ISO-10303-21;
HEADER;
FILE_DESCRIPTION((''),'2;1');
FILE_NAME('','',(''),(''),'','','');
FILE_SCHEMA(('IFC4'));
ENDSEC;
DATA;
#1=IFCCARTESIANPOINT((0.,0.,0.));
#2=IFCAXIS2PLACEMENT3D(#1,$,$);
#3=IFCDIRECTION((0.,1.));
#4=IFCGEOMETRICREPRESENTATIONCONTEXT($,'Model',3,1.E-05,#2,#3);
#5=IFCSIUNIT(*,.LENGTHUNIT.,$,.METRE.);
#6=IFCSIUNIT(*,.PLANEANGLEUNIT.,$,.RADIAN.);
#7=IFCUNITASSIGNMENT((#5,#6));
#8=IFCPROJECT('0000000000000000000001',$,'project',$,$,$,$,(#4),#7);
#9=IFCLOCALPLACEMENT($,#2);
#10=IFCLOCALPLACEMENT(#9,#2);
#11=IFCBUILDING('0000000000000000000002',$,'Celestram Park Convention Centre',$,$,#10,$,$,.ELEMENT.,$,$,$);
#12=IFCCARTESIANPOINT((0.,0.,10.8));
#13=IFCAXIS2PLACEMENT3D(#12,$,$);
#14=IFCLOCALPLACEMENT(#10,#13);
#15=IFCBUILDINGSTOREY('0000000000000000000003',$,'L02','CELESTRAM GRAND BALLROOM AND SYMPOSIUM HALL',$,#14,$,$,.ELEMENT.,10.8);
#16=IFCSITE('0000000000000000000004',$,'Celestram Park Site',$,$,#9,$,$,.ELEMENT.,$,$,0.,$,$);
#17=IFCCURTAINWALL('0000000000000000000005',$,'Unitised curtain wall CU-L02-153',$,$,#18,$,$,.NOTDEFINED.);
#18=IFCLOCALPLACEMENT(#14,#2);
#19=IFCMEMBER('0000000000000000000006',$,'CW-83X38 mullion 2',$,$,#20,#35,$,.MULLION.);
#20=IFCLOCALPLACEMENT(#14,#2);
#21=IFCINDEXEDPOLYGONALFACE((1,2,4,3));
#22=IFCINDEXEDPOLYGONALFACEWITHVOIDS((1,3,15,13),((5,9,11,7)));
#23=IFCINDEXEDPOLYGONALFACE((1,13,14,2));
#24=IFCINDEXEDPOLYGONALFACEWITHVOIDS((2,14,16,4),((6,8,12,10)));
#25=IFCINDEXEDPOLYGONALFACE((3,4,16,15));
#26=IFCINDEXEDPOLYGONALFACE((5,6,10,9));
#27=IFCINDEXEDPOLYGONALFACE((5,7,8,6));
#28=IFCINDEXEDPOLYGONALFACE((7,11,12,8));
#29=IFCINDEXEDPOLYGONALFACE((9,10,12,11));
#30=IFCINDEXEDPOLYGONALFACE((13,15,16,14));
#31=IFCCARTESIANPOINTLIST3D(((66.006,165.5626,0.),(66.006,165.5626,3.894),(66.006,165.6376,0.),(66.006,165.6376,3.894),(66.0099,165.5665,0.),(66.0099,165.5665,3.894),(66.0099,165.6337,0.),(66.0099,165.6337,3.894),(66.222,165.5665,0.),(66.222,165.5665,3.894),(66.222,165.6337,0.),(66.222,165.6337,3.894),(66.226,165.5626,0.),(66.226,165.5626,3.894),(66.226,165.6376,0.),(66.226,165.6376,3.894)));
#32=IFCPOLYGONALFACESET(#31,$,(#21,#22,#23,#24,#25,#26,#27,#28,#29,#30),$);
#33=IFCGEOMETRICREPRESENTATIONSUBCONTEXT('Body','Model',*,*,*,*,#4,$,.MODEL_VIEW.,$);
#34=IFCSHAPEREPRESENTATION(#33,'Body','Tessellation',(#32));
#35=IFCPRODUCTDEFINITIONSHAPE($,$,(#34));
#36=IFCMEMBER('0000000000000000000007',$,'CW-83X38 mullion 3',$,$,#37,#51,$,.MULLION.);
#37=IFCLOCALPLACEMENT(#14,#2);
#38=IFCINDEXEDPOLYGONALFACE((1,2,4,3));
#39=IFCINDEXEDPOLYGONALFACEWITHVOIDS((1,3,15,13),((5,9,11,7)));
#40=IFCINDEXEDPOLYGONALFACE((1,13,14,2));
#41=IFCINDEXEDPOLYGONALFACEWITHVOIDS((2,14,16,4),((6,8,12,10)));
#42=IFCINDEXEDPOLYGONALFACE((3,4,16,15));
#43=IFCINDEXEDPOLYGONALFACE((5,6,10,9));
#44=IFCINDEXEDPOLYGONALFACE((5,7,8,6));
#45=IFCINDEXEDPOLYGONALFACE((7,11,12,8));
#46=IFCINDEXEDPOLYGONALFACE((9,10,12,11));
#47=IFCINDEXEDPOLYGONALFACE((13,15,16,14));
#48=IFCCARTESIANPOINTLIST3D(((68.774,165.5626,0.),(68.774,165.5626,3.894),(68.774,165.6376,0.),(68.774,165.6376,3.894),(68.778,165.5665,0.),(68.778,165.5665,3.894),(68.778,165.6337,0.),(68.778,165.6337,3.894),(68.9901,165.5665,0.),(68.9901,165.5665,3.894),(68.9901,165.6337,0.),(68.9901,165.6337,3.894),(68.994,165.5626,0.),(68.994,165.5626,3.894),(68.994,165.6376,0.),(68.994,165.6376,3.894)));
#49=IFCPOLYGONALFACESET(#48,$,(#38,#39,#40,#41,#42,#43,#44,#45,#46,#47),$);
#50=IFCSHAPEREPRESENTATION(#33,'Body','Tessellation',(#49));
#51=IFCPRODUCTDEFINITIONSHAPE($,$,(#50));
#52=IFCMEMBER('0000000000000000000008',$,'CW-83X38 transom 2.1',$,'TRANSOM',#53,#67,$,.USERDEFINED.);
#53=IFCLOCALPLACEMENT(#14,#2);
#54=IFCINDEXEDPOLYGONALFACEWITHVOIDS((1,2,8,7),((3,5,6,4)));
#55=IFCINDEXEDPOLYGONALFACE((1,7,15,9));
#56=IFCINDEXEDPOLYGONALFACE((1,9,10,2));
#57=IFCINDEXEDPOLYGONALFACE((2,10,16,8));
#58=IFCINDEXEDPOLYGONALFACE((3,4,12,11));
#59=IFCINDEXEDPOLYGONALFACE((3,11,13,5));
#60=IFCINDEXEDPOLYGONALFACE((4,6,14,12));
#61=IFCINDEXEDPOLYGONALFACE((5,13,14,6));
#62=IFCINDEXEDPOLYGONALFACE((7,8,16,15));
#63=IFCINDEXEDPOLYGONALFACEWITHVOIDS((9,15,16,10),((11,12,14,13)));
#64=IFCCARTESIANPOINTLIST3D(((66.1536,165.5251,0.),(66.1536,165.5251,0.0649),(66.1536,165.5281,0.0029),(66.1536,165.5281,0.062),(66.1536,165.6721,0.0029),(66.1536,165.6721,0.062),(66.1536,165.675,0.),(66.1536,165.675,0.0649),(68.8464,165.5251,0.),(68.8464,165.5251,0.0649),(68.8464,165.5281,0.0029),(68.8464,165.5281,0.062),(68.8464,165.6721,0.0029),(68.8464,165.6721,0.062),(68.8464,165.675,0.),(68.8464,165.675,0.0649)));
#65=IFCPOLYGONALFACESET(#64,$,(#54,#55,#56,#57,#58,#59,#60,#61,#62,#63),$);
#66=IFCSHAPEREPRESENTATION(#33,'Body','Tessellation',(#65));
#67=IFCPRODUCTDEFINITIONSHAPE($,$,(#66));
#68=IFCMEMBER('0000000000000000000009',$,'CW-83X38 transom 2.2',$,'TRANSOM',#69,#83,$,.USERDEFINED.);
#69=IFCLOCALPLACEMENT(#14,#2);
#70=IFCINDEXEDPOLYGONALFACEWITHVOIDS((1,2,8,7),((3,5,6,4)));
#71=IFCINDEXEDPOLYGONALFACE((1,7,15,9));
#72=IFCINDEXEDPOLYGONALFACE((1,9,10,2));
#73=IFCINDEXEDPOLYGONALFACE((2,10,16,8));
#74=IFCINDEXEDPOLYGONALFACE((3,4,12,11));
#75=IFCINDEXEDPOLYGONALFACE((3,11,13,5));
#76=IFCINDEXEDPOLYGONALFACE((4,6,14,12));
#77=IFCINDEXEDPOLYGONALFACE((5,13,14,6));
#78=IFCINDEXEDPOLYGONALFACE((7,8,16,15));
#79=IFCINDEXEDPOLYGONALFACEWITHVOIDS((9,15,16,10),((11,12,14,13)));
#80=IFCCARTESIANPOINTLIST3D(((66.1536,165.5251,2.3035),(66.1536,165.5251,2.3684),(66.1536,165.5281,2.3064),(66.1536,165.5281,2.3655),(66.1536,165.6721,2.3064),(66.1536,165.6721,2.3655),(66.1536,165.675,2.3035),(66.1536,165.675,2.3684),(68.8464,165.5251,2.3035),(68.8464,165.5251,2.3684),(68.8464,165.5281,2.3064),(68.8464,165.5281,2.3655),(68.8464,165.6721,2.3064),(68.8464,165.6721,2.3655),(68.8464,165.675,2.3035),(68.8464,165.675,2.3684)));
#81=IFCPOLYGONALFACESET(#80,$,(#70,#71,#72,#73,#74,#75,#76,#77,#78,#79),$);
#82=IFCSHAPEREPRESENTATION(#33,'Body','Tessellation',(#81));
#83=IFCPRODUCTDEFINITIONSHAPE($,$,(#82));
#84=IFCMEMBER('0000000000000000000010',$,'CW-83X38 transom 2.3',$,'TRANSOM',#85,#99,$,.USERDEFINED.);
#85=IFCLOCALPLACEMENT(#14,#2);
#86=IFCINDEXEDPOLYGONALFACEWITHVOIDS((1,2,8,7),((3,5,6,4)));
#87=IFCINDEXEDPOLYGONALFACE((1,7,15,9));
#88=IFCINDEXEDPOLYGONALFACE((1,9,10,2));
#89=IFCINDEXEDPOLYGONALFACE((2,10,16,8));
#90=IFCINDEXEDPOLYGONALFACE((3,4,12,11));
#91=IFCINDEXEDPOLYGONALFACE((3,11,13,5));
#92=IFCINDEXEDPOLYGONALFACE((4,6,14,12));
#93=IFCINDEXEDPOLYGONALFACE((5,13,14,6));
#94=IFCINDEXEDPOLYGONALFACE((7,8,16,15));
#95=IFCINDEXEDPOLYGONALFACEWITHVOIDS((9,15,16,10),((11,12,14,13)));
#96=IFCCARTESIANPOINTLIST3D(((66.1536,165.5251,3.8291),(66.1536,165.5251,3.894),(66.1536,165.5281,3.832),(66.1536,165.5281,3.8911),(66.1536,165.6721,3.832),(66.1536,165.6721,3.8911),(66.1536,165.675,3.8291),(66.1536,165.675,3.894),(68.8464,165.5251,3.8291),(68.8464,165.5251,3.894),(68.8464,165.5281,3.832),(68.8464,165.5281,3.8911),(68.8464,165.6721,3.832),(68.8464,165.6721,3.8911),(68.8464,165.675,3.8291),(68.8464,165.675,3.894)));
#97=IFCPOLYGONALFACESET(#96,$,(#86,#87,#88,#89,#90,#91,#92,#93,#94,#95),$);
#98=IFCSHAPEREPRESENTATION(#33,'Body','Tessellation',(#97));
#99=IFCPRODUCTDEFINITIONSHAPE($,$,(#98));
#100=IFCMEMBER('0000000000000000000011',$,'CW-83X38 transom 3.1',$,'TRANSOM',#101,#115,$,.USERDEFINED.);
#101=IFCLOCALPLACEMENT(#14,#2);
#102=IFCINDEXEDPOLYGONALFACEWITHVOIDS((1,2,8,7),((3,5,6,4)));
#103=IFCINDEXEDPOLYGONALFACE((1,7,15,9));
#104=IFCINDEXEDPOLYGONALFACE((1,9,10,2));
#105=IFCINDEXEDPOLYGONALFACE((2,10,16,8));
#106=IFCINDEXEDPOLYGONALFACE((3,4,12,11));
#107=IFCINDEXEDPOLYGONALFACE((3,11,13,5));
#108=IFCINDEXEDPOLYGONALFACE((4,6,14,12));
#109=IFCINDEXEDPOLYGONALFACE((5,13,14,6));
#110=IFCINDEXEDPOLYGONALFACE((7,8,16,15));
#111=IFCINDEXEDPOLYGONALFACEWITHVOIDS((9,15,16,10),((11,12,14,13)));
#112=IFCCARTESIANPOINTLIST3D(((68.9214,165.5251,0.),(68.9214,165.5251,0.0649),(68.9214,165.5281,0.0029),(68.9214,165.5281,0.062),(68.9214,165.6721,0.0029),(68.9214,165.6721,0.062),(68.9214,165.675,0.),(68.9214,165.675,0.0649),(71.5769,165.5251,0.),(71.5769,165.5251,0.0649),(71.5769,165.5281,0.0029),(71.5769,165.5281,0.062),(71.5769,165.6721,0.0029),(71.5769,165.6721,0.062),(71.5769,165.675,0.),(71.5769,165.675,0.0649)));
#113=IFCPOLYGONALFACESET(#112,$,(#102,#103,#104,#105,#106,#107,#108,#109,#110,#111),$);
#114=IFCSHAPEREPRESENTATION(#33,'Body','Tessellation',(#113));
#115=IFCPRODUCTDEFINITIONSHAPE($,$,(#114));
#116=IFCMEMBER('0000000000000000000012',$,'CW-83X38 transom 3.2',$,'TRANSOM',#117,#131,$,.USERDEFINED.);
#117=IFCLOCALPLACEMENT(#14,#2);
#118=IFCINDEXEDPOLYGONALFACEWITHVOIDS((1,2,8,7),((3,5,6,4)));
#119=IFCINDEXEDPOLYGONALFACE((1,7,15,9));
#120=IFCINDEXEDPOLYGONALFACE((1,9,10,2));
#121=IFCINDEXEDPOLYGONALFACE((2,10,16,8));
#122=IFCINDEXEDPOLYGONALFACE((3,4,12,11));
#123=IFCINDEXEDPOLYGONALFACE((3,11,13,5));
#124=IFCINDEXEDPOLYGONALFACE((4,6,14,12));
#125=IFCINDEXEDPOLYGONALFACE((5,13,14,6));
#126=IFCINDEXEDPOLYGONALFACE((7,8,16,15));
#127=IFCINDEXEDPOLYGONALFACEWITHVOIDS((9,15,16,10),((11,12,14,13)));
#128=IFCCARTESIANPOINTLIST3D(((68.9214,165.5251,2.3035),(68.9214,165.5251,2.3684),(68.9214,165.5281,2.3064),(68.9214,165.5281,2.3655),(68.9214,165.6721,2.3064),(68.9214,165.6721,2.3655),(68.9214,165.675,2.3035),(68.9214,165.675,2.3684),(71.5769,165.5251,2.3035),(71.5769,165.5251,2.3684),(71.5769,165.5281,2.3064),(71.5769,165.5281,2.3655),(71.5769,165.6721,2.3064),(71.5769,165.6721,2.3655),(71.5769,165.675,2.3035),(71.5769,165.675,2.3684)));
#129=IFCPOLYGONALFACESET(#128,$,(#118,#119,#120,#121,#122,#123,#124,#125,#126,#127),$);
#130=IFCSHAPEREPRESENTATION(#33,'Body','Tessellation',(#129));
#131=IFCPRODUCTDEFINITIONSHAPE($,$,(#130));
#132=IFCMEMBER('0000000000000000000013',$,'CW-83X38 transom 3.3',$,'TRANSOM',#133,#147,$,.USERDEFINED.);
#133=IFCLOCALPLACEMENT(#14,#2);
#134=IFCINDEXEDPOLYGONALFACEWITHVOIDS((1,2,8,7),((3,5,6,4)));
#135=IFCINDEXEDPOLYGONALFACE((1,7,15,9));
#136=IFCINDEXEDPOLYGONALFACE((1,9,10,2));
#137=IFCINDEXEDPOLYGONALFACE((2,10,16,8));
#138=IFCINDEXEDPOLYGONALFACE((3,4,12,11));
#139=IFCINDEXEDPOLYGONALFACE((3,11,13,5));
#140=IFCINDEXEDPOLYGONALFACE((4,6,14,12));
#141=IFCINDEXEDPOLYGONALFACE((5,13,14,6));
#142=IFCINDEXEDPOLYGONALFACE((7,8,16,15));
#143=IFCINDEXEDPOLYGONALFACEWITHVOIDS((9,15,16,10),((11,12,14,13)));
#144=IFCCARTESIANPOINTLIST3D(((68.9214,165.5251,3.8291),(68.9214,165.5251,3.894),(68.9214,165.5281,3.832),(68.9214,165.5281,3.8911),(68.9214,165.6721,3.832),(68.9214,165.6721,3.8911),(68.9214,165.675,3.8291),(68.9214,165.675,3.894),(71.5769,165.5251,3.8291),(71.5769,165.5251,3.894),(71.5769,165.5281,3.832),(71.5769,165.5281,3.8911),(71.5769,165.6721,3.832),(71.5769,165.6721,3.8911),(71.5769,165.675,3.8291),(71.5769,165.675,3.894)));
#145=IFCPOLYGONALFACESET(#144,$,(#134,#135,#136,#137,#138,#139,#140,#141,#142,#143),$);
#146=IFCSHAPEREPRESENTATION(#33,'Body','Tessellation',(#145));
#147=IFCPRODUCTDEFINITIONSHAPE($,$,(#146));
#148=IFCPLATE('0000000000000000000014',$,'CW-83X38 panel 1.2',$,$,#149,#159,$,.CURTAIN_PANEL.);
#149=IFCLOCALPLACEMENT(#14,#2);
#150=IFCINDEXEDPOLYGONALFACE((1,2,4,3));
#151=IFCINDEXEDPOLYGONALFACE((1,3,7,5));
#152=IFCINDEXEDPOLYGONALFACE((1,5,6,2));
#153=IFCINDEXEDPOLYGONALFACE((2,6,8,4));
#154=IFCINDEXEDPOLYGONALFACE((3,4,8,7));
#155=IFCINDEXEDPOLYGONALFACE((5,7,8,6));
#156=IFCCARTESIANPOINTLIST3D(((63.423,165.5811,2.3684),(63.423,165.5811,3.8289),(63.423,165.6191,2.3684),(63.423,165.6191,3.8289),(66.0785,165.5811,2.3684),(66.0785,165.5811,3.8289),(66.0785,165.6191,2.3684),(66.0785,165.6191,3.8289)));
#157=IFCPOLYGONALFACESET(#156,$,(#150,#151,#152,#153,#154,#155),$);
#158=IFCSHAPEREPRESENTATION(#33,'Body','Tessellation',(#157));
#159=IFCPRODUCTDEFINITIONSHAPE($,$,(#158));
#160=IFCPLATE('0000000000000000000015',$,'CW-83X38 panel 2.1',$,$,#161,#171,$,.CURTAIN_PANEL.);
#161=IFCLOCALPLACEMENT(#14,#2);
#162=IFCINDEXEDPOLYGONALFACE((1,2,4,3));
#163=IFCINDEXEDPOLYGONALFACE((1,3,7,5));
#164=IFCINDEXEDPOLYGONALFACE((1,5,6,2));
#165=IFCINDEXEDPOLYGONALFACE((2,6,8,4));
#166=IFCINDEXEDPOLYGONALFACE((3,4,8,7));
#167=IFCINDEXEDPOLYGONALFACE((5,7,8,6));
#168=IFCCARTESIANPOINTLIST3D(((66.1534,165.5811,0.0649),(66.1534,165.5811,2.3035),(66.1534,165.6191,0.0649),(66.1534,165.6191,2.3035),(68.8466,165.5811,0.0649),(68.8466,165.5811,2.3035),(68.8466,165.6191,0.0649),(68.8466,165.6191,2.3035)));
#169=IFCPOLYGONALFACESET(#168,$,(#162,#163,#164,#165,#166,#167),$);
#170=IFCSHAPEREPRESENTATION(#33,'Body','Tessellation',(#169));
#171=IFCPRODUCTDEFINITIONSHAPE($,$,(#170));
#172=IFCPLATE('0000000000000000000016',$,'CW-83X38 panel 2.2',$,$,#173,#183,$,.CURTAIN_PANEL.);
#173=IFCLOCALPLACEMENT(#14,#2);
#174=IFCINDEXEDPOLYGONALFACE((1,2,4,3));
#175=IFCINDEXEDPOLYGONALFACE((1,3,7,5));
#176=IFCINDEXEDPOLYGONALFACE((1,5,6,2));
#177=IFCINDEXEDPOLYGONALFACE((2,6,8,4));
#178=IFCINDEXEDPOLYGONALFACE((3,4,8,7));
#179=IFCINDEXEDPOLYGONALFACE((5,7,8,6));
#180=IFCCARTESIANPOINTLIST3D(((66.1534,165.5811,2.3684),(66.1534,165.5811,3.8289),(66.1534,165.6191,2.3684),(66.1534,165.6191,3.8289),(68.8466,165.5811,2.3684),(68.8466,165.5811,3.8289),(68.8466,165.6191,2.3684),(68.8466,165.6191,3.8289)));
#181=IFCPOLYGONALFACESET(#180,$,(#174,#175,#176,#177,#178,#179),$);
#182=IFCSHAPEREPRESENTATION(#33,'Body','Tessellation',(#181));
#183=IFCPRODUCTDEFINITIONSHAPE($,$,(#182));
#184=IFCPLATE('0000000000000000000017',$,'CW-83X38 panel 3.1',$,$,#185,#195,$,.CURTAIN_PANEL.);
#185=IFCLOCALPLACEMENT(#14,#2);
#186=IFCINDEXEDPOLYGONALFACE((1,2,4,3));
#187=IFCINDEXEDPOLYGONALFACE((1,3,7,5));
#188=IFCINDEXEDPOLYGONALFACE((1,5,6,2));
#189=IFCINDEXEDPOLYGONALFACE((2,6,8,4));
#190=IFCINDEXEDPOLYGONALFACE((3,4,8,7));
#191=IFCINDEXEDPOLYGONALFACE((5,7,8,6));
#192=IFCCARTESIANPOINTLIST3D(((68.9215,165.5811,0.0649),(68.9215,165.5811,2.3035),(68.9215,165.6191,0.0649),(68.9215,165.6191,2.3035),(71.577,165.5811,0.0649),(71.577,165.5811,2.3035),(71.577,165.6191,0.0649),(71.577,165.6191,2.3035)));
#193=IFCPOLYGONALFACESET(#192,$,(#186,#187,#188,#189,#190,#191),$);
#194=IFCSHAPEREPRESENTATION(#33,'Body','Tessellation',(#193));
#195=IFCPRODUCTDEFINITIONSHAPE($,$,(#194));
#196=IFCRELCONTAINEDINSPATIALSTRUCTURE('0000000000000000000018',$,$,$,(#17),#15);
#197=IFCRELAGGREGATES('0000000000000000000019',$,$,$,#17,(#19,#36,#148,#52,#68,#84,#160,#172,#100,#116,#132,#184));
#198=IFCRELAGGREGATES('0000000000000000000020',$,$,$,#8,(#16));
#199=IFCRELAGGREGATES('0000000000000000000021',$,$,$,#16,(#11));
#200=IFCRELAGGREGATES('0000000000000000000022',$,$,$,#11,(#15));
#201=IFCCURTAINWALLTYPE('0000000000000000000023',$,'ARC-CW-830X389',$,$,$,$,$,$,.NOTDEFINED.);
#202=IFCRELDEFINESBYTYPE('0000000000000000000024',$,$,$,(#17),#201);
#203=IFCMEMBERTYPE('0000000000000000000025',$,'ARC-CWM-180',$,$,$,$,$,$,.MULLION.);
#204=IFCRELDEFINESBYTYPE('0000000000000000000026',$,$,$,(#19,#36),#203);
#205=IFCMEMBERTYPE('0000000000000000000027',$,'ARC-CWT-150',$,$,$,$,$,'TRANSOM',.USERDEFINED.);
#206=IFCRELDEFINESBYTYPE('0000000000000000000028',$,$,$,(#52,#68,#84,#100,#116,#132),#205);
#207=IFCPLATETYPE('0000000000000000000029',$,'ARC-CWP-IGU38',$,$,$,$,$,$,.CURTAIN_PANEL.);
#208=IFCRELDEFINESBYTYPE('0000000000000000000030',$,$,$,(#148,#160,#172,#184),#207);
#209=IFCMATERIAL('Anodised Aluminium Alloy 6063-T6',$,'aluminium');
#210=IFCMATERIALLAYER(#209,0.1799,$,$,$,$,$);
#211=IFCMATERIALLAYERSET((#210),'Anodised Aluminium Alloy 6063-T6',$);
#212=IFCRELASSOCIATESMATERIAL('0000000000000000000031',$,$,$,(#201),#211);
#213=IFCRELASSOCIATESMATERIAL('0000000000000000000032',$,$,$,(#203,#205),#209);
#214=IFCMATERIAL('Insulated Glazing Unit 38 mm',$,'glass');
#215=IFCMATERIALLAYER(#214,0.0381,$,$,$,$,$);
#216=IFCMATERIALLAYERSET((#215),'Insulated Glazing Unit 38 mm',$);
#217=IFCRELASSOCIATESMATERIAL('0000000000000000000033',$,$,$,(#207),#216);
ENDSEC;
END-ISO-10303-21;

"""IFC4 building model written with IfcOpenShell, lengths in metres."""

from ifc_helpers import new_model, si_unit, direction, frame, origin, origin_2d, place, context, subcontext, project, spatial, rectangle, hollow_rectangle, extrude, material, layer, layer_set, material_profile, profile_set, type_object, element, aggregate, save


model = new_model("IFC4")

# Units and contexts
model_context = context("Model", 3, precision=1e-05, world=origin(), true_north=direction((0.0, 1.0)))
body_context = subcontext(model_context, "Body", "Model", "MODEL_VIEW")
ifc_project = project(units=[si_unit("LENGTHUNIT", "METRE"), si_unit("PLANEANGLEUNIT", "RADIAN")], contexts=[model_context])

# Site, building, storey
site_placement = place(None, origin())
site = spatial("IfcSite", under=ifc_project, at=site_placement, Name="Celestram Park Site", CompositionType="ELEMENT", RefElevation=0.0)
building_placement = place(site_placement, origin())
building = spatial("IfcBuilding", under=site, at=building_placement, Name="Celestram Park Convention Centre", CompositionType="ELEMENT")
storey_placement = place(building_placement, frame((0.0, 0.0, 10.8)))
storey = spatial("IfcBuildingStorey", under=building, at=storey_placement, Name="L02", Description="CELESTRAM GRAND BALLROOM AND SYMPOSIUM HALL", CompositionType="ELEMENT", Elevation=10.8)

# Curtain wall, members, plates
ifc_material_1 = material(Name="Anodised Aluminium Alloy 6063-T6", Category="aluminium")
ifc_layer_1 = layer(ifc_material_1, 0.1799)
ifc_layer_set_1 = layer_set([ifc_layer_1], Name="Anodised Aluminium Alloy 6063-T6")
curtain_wall_type = type_object("IfcCurtainWallType", Name="ARC-CW-830X389", PredefinedType="NOTDEFINED", material=ifc_layer_set_1)
curtain_wall_placement = place(storey_placement, origin())
curtain_wall = element("IfcCurtainWall", 1, at=curtain_wall_placement, inside=storey, type_object=curtain_wall_type, Name="Unitised curtain wall CU-L02-153", PredefinedType="NOTDEFINED")
ifc_material_profile_1 = material_profile(ifc_material_1, hollow_rectangle(XDim=0.075, YDim=0.22, WallThickness=0.0039, at=origin_2d()), Name="ALU75X220X4")
ifc_profile_set_1 = profile_set([ifc_material_profile_1], Name="Anodised Aluminium Alloy 6063-T6")
member_type_1 = type_object("IfcMemberType", Name="ARC-CWM-180", PredefinedType="MULLION", material=ifc_profile_set_1)
member_1_placement = place(storey_placement, frame((66.116, 165.6001, 0.0), z_axis=(0.0, 0.0, 1.0), x_axis=(0.0, 1.0, 0.0)))
member_1 = element("IfcMember", 2, at=member_1_placement, type_object=member_type_1, Name="CW-83X38 mullion 2", PredefinedType="MULLION", context=body_context, shape_type="SweptSolid", body=[
    extrude(hollow_rectangle(XDim=0.075, YDim=0.22, WallThickness=0.0039, at=origin_2d()), origin(), (0.0, 0.0, 1.0), 3.894),
])
member_2_placement = place(storey_placement, frame((68.884, 165.6001, 0.0), z_axis=(0.0, 0.0, 1.0), x_axis=(0.0, 1.0, 0.0)))
member_2 = element("IfcMember", 3, at=member_2_placement, type_object=member_type_1, Name="CW-83X38 mullion 3", PredefinedType="MULLION", context=body_context, shape_type="SweptSolid", body=[
    extrude(hollow_rectangle(XDim=0.075, YDim=0.22, WallThickness=0.0039, at=origin_2d()), origin(), (0.0, 0.0, 1.0), 3.894),
])
ifc_material_profile_2 = material_profile(ifc_material_1, hollow_rectangle(XDim=0.1499, YDim=0.0649, WallThickness=0.0029, at=origin_2d()), Name="ALU150X65X3")
ifc_profile_set_2 = profile_set([ifc_material_profile_2], Name="Anodised Aluminium Alloy 6063-T6")
member_type_2 = type_object("IfcMemberType", Name="ARC-CWT-150", ElementType="TRANSOM", PredefinedType="USERDEFINED", material=ifc_profile_set_2)
member_3_placement = place(storey_placement, frame((66.1536, 165.6001, 0.0325), z_axis=(1.0, 0.0, 0.0), x_axis=(0.0, 1.0, 0.0)))
member_3 = element("IfcMember", 4, at=member_3_placement, type_object=member_type_2, Name="CW-83X38 transom 2.1", ObjectType="TRANSOM", PredefinedType="USERDEFINED", context=body_context, shape_type="SweptSolid", body=[
    extrude(hollow_rectangle(XDim=0.1499, YDim=0.0649, WallThickness=0.0029, at=origin_2d()), origin(), (0.0, 0.0, 1.0), 2.6929),
])
member_4_placement = place(storey_placement, frame((66.1536, 165.6001, 2.3359), z_axis=(1.0, 0.0, 0.0), x_axis=(0.0, 1.0, 0.0)))
member_4 = element("IfcMember", 5, at=member_4_placement, type_object=member_type_2, Name="CW-83X38 transom 2.2", ObjectType="TRANSOM", PredefinedType="USERDEFINED", context=body_context, shape_type="SweptSolid", body=[
    extrude(hollow_rectangle(XDim=0.1499, YDim=0.0649, WallThickness=0.0029, at=origin_2d()), origin(), (0.0, 0.0, 1.0), 2.6929),
])
member_5_placement = place(storey_placement, frame((66.1536, 165.6001, 3.8616), z_axis=(1.0, 0.0, 0.0), x_axis=(0.0, 1.0, 0.0)))
member_5 = element("IfcMember", 6, at=member_5_placement, type_object=member_type_2, Name="CW-83X38 transom 2.3", ObjectType="TRANSOM", PredefinedType="USERDEFINED", context=body_context, shape_type="SweptSolid", body=[
    extrude(hollow_rectangle(XDim=0.1499, YDim=0.0649, WallThickness=0.0029, at=origin_2d()), origin(), (0.0, 0.0, 1.0), 2.6929),
])
member_6_placement = place(storey_placement, frame((68.9214, 165.6001, 0.0325), z_axis=(1.0, 0.0, 0.0), x_axis=(0.0, 1.0, 0.0)))
member_6 = element("IfcMember", 7, at=member_6_placement, type_object=member_type_2, Name="CW-83X38 transom 3.1", ObjectType="TRANSOM", PredefinedType="USERDEFINED", context=body_context, shape_type="SweptSolid", body=[
    extrude(hollow_rectangle(XDim=0.1499, YDim=0.0649, WallThickness=0.0029, at=origin_2d()), origin(), (0.0, 0.0, 1.0), 2.6555),
])
member_7_placement = place(storey_placement, frame((68.9214, 165.6001, 2.3359), z_axis=(1.0, 0.0, 0.0), x_axis=(0.0, 1.0, 0.0)))
member_7 = element("IfcMember", 8, at=member_7_placement, type_object=member_type_2, Name="CW-83X38 transom 3.2", ObjectType="TRANSOM", PredefinedType="USERDEFINED", context=body_context, shape_type="SweptSolid", body=[
    extrude(hollow_rectangle(XDim=0.1499, YDim=0.0649, WallThickness=0.0029, at=origin_2d()), origin(), (0.0, 0.0, 1.0), 2.6555),
])
member_8_placement = place(storey_placement, frame((68.9214, 165.6001, 3.8616), z_axis=(1.0, 0.0, 0.0), x_axis=(0.0, 1.0, 0.0)))
member_8 = element("IfcMember", 9, at=member_8_placement, type_object=member_type_2, Name="CW-83X38 transom 3.3", ObjectType="TRANSOM", PredefinedType="USERDEFINED", context=body_context, shape_type="SweptSolid", body=[
    extrude(hollow_rectangle(XDim=0.1499, YDim=0.0649, WallThickness=0.0029, at=origin_2d()), origin(), (0.0, 0.0, 1.0), 2.6555),
])
ifc_material_2 = material(Name="Insulated Glazing Unit 38 mm", Category="glass")
ifc_layer_2 = layer(ifc_material_2, 0.0381)
ifc_layer_set_2 = layer_set([ifc_layer_2], Name="Insulated Glazing Unit 38 mm")
plate_type = type_object("IfcPlateType", Name="ARC-CWP-IGU38", PredefinedType="CURTAIN_PANEL", material=ifc_layer_set_2)
plate_1_placement = place(storey_placement, frame((64.7507, 165.6001, 2.3684), z_axis=(0.0, 0.0, 1.0), x_axis=(1.0, 0.0, 0.0)))
plate_1 = element("IfcPlate", 10, at=plate_1_placement, type_object=plate_type, Name="CW-83X38 panel 1.2", PredefinedType="CURTAIN_PANEL", context=body_context, shape_type="SweptSolid", body=[
    extrude(rectangle(XDim=2.6555, YDim=0.0381, at=origin_2d()), origin(), (0.0, 0.0, 1.0), 1.4604),
])
plate_2_placement = place(storey_placement, frame((67.5, 165.6001, 0.0649), z_axis=(0.0, 0.0, 1.0), x_axis=(1.0, 0.0, 0.0)))
plate_2 = element("IfcPlate", 11, at=plate_2_placement, type_object=plate_type, Name="CW-83X38 panel 2.1", PredefinedType="CURTAIN_PANEL", context=body_context, shape_type="SweptSolid", body=[
    extrude(rectangle(XDim=2.6931, YDim=0.0381, at=origin_2d()), origin(), (0.0, 0.0, 1.0), 2.2385),
])
plate_3_placement = place(storey_placement, frame((67.5, 165.6001, 2.3684), z_axis=(0.0, 0.0, 1.0), x_axis=(1.0, 0.0, 0.0)))
plate_3 = element("IfcPlate", 12, at=plate_3_placement, type_object=plate_type, Name="CW-83X38 panel 2.2", PredefinedType="CURTAIN_PANEL", context=body_context, shape_type="SweptSolid", body=[
    extrude(rectangle(XDim=2.6931, YDim=0.0381, at=origin_2d()), origin(), (0.0, 0.0, 1.0), 1.4604),
])
plate_4_placement = place(storey_placement, frame((70.2493, 165.6001, 0.0649), z_axis=(0.0, 0.0, 1.0), x_axis=(1.0, 0.0, 0.0)))
plate_4 = element("IfcPlate", 13, at=plate_4_placement, type_object=plate_type, Name="CW-83X38 panel 3.1", PredefinedType="CURTAIN_PANEL", context=body_context, shape_type="SweptSolid", body=[
    extrude(rectangle(XDim=2.6555, YDim=0.0381, at=origin_2d()), origin(), (0.0, 0.0, 1.0), 2.2385),
])
aggregate(curtain_wall, [member_1, member_2, plate_1, member_3, member_4, member_5, plate_2, plate_3, member_6, member_7, member_8, plate_4])

save(model, "model.ifc")
